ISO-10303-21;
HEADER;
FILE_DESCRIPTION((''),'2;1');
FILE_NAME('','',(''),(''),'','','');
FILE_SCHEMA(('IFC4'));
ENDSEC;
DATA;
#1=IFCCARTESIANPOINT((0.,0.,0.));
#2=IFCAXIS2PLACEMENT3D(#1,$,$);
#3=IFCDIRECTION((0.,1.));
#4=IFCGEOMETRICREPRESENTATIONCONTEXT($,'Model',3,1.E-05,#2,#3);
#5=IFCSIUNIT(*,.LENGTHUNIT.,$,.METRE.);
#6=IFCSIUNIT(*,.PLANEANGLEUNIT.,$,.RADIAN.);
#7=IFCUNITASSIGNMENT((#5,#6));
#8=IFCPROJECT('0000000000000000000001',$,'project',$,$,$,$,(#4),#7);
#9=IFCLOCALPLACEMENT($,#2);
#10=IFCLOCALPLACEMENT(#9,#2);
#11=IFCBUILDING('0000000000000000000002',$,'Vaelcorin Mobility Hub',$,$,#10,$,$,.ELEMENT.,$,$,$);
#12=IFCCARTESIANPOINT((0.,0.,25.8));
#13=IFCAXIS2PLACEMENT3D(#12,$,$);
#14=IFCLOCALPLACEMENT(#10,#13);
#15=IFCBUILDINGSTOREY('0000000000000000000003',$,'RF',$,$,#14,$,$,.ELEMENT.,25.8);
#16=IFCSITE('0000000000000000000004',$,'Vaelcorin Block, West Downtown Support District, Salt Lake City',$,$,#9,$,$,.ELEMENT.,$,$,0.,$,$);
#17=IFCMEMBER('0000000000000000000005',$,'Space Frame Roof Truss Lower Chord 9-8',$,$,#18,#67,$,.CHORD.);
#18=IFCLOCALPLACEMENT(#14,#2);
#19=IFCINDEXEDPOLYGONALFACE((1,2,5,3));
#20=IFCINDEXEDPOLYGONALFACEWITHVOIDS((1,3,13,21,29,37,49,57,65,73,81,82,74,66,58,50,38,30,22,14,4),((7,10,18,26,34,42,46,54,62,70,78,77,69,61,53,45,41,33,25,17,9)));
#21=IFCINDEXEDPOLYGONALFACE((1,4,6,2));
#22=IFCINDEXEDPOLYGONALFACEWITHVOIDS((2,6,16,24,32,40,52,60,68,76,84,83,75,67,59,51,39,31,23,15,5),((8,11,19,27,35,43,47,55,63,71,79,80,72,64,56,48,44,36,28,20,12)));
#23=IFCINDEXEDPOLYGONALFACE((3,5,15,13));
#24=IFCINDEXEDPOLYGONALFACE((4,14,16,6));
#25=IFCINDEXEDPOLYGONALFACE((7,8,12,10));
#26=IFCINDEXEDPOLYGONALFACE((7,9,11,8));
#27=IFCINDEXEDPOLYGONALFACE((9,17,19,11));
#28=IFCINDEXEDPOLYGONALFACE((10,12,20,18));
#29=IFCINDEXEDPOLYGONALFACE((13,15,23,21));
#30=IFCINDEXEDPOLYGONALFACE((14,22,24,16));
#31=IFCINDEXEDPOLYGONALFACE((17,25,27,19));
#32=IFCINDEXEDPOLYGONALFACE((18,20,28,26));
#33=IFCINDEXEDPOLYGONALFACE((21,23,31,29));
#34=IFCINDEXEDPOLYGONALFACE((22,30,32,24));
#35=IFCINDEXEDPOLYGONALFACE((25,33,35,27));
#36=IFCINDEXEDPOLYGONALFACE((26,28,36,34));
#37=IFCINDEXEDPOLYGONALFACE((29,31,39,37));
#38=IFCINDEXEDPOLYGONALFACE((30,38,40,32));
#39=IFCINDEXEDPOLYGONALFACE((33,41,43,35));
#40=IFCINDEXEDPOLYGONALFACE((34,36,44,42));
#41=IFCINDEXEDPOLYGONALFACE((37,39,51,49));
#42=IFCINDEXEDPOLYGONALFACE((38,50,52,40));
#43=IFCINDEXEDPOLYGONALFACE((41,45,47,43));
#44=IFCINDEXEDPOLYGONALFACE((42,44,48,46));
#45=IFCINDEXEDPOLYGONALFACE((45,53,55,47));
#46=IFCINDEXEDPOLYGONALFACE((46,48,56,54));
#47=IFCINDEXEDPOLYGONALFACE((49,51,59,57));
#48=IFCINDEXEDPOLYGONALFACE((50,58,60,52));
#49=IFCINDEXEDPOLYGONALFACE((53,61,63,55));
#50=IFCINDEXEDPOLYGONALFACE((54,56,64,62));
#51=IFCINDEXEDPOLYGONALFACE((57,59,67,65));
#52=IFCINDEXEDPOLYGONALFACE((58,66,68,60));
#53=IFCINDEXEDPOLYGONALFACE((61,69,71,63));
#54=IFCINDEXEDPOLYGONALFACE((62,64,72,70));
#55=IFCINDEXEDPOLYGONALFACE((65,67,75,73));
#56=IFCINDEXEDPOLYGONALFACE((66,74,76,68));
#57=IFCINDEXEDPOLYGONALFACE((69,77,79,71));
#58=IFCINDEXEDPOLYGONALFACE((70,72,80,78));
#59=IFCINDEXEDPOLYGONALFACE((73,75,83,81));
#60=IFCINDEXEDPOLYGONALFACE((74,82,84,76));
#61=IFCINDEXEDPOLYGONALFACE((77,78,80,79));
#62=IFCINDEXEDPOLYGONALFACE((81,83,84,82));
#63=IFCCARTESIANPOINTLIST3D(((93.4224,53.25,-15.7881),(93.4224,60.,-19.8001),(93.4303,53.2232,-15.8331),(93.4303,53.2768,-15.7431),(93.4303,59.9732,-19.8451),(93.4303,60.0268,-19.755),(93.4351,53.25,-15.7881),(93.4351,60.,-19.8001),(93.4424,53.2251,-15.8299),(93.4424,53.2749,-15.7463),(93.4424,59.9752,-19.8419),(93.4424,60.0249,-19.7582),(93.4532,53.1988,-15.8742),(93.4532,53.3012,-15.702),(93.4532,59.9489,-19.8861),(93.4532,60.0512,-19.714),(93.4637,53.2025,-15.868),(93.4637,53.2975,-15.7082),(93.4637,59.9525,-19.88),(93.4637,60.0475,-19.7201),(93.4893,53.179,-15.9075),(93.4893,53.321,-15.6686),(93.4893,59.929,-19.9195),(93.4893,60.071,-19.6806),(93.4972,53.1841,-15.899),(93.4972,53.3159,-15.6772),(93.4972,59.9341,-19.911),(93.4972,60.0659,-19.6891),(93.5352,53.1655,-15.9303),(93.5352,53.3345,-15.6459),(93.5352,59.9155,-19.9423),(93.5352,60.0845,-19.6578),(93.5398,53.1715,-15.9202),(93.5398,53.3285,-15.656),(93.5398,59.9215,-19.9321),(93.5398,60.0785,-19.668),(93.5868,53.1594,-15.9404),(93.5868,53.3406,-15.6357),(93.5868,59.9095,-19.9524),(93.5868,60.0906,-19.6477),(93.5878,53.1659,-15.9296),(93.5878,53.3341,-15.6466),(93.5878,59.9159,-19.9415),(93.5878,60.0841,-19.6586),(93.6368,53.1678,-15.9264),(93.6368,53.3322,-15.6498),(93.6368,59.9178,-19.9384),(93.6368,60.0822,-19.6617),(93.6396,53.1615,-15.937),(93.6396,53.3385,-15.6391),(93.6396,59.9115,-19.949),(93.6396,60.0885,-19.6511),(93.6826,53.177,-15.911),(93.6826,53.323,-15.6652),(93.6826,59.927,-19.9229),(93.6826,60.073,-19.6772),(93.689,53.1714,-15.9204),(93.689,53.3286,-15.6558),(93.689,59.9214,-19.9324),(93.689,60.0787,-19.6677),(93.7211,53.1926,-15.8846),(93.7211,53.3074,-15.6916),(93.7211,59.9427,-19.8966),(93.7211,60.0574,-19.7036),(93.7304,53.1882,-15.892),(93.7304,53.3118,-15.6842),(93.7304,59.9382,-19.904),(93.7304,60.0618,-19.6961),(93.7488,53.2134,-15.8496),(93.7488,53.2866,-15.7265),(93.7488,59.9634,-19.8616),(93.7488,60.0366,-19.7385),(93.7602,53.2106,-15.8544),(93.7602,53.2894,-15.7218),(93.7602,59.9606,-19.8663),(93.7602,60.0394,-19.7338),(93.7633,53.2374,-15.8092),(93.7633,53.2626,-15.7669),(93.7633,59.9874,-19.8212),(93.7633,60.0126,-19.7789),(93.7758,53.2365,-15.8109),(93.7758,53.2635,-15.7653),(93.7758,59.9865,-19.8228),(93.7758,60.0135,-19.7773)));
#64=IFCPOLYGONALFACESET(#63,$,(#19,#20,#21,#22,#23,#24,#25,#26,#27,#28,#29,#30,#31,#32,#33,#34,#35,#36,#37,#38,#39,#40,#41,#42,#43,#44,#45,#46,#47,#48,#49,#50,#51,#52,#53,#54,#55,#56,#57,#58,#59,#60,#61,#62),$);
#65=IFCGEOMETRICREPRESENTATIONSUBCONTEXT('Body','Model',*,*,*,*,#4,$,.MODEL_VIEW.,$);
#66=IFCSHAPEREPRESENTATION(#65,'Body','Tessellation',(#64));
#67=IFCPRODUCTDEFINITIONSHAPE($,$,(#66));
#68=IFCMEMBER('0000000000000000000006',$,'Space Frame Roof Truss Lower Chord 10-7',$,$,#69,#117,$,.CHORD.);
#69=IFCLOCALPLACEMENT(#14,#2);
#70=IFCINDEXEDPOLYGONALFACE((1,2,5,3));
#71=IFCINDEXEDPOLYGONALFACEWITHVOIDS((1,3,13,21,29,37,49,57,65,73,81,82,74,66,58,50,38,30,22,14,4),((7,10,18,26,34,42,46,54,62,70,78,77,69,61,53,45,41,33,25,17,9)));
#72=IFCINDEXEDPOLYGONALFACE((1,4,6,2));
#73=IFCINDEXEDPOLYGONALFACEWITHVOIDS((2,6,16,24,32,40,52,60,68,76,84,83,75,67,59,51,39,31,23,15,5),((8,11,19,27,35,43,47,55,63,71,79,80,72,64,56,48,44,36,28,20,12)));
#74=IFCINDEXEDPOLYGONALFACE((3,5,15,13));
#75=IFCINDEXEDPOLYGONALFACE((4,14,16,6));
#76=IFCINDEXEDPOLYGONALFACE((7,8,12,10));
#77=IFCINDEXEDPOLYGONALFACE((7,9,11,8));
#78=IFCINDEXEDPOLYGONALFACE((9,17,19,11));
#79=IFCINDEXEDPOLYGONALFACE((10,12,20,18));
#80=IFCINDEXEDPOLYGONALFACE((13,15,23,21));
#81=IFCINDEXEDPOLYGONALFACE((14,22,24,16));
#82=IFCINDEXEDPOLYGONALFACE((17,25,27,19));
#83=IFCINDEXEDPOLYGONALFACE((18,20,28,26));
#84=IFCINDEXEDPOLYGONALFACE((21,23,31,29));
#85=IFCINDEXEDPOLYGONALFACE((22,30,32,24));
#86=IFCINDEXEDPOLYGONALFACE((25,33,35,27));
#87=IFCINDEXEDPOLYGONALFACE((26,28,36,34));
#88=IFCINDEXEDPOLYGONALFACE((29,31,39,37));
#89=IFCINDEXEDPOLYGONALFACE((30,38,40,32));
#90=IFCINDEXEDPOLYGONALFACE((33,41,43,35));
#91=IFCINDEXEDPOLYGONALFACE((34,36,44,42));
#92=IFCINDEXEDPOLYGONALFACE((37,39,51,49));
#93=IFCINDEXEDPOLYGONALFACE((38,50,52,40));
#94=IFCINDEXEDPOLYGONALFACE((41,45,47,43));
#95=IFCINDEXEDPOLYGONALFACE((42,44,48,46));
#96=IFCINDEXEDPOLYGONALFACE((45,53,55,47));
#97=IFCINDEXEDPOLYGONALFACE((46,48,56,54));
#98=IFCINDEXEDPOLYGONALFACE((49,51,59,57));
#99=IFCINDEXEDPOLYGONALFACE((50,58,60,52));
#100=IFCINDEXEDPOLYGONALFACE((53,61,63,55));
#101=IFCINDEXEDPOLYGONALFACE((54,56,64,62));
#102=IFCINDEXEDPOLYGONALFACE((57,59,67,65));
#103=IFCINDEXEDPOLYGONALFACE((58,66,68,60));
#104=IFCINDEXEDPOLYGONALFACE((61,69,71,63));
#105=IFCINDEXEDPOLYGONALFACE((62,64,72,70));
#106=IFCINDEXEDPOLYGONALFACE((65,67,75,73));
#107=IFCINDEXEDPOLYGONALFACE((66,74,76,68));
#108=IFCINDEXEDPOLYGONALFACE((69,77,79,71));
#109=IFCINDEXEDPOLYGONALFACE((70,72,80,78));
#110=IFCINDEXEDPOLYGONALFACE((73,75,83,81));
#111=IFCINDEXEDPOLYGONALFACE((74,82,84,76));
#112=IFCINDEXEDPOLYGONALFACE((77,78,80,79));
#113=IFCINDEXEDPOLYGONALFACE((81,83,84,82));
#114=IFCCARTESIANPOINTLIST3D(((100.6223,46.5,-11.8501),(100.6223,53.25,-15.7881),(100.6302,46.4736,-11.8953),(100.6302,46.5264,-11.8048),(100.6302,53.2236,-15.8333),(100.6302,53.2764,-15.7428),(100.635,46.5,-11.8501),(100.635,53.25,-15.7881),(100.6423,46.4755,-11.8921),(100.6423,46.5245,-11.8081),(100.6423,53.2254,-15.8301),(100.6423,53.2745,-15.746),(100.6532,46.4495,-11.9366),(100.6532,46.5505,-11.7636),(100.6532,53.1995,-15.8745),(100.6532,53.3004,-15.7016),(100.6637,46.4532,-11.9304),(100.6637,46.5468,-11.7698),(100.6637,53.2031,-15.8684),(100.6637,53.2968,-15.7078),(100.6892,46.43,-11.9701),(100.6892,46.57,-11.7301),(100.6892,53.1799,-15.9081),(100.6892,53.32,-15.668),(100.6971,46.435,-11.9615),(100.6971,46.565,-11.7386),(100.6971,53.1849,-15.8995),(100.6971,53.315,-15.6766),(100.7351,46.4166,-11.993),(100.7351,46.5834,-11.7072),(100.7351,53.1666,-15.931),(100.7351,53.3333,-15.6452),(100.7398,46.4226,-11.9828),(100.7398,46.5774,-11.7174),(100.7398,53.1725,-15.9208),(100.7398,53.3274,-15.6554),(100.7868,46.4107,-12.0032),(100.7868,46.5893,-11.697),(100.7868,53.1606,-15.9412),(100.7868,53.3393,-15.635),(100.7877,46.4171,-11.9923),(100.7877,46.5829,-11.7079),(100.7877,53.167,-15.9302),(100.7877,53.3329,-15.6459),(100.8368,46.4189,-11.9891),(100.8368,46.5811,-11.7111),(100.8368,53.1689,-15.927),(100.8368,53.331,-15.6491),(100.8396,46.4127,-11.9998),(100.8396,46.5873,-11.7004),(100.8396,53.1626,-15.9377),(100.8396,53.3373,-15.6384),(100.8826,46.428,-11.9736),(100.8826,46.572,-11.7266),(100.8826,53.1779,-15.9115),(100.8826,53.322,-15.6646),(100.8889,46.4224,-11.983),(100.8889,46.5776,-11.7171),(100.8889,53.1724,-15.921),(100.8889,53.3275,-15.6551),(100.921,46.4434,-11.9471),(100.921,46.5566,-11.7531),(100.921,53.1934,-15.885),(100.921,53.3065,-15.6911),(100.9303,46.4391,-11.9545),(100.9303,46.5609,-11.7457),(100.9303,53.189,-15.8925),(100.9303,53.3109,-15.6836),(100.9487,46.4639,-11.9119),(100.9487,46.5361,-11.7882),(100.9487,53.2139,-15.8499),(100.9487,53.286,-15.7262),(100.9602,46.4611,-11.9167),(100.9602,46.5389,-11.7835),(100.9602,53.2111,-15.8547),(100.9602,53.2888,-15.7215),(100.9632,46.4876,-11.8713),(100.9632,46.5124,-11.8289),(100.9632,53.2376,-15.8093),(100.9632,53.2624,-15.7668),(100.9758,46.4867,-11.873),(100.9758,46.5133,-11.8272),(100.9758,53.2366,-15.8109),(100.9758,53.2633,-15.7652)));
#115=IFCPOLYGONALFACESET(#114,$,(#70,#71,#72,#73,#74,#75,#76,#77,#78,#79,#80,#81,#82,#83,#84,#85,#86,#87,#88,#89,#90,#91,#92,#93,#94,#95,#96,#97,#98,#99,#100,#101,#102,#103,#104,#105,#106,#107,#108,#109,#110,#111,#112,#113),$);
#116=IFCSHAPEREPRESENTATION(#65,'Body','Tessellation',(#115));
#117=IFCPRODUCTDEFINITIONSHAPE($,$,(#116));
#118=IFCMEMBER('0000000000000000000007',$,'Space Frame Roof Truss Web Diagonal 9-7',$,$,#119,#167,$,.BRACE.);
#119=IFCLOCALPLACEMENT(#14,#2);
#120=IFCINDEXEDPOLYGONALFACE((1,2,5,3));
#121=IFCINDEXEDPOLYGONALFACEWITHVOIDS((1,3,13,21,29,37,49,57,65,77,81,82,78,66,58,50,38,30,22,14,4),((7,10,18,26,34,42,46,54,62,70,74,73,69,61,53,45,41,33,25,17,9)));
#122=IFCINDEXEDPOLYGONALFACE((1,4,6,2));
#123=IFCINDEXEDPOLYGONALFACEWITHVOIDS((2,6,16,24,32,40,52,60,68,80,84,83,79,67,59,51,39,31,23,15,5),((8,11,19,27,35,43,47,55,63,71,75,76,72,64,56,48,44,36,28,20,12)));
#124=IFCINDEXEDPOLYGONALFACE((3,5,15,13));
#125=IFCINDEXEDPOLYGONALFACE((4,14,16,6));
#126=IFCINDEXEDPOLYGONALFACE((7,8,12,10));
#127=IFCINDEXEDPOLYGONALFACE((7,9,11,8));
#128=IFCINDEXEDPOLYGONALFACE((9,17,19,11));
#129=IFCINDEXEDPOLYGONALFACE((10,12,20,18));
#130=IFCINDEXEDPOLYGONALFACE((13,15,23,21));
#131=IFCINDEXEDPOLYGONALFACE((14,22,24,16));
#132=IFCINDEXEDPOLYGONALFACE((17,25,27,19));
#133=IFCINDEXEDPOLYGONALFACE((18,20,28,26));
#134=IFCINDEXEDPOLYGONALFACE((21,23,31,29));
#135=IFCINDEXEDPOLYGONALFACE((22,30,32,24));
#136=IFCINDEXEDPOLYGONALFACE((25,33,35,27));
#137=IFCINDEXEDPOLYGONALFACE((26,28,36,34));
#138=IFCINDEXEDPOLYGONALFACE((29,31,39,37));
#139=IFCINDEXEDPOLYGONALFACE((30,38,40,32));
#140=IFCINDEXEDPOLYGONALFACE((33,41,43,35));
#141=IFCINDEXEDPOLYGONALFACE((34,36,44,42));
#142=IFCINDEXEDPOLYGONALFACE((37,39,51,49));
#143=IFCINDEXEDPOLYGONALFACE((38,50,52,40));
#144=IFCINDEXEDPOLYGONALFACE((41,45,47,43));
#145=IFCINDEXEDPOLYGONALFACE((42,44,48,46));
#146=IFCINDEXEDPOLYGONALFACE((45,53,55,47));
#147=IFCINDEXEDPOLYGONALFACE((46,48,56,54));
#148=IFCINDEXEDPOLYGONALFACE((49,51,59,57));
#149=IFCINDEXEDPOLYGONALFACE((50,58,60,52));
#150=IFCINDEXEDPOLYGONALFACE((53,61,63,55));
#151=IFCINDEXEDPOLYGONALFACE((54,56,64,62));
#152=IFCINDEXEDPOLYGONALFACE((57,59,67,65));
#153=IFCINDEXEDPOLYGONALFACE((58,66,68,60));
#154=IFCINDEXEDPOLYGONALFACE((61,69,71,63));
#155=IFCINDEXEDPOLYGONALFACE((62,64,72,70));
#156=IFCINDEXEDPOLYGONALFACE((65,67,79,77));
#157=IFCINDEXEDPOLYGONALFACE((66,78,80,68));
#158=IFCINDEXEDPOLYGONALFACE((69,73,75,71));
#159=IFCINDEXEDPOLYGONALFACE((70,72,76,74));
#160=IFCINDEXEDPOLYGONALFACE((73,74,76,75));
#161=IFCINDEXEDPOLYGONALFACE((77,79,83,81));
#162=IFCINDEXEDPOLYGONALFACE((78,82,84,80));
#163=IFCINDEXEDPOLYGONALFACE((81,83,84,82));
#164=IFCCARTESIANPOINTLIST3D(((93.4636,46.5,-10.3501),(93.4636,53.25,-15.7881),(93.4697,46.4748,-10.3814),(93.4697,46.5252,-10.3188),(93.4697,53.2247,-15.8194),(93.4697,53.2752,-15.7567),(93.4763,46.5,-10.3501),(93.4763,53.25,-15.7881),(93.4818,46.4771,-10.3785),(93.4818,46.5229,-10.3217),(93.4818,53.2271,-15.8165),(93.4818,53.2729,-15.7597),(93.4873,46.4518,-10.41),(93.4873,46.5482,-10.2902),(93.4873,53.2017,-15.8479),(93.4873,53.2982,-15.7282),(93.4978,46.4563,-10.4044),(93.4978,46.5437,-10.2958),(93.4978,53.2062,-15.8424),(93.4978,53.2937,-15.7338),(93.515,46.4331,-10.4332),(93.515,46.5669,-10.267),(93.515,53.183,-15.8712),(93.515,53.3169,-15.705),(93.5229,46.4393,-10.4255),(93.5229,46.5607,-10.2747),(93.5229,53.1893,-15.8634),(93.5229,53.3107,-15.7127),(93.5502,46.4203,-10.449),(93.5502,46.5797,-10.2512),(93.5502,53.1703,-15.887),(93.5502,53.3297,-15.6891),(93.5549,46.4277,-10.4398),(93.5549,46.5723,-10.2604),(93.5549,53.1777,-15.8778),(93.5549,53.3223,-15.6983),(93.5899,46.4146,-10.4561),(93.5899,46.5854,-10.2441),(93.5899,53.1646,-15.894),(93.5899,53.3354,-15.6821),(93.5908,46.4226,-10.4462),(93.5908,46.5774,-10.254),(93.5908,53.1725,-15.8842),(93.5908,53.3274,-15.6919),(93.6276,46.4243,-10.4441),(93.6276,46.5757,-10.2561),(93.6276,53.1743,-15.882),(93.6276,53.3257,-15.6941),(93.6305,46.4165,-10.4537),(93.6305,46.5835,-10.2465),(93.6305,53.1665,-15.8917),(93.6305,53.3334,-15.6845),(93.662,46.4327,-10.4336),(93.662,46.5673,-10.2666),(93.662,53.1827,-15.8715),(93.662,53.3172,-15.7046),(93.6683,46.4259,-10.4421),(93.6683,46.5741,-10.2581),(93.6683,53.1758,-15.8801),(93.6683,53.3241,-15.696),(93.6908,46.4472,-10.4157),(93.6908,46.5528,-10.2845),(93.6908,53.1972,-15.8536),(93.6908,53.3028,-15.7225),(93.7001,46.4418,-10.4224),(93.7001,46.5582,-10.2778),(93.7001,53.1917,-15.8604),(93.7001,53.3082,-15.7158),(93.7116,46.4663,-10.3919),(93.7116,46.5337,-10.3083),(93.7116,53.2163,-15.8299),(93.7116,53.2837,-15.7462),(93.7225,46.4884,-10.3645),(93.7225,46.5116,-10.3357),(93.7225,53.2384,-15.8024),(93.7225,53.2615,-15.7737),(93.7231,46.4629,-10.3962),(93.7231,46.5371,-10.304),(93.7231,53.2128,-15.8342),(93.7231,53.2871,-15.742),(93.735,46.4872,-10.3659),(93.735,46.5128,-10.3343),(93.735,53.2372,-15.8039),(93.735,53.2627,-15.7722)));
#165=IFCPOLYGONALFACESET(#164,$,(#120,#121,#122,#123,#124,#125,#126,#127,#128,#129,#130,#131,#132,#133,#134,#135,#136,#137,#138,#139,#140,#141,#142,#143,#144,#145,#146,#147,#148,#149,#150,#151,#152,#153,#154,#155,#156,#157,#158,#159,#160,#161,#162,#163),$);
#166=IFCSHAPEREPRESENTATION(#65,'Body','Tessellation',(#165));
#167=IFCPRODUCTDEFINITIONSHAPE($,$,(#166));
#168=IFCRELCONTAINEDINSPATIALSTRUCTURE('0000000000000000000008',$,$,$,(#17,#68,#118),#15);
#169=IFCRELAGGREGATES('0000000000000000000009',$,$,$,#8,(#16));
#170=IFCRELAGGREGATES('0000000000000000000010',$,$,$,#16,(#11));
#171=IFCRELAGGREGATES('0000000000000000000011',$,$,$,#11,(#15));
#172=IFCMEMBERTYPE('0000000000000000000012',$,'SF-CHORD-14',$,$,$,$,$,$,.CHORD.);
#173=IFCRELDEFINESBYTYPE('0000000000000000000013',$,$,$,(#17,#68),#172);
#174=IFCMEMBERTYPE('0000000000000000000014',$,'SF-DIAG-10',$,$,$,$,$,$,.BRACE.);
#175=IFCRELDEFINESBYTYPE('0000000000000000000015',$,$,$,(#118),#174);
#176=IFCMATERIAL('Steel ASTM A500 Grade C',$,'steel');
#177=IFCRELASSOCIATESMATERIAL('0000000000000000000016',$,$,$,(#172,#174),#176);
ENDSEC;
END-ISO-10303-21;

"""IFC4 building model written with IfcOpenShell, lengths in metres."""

from ifc_helpers import new_model, si_unit, direction, frame, origin, origin_2d, place, context, subcontext, project, spatial, hollow_circle, extrude, material, material_profile, profile_set, type_object, element, save


model = new_model("IFC4")

# Units and contexts
model_context = context("Model", 3, precision=1e-05, world=origin(), true_north=direction((0.0, 1.0)))
body_context = subcontext(model_context, "Body", "Model", "MODEL_VIEW")
ifc_project = project(units=[si_unit("LENGTHUNIT", "METRE"), si_unit("PLANEANGLEUNIT", "RADIAN")], contexts=[model_context])

# Site, building, storey
site_placement = place(None, origin())
site = spatial("IfcSite", under=ifc_project, at=site_placement, Name="Vaelcorin Block, West Downtown Support District, Salt Lake City", CompositionType="ELEMENT", RefElevation=0.0)
building_placement = place(site_placement, origin())
building = spatial("IfcBuilding", under=site, at=building_placement, Name="Vaelcorin Mobility Hub", CompositionType="ELEMENT")
storey_placement = place(building_placement, frame((0.0, 0.0, 25.8)))
storey = spatial("IfcBuildingStorey", under=building, at=storey_placement, Name="RF", CompositionType="ELEMENT", Elevation=25.8)

# Members
ifc_material_1 = material(Name="Steel ASTM A500 Grade C", Category="steel")
ifc_material_profile_1 = material_profile(ifc_material_1, hollow_circle(Radius=0.1777, WallThickness=0.0127, at=origin_2d()), Name="HSS14.000X0.500")
ifc_profile_set_1 = profile_set([ifc_material_profile_1], Name="Steel ASTM A500 Grade C")
member_type_1 = type_object("IfcMemberType", Name="SF-CHORD-14", PredefinedType="CHORD", material=ifc_profile_set_1)
member_1_placement = place(storey_placement, frame((93.6001, 53.25, -15.7881), z_axis=(0.0, 0.859623, -0.510929), x_axis=(-1.0, 0.0, 0.0)))
element("IfcMember", 1, at=member_1_placement, inside=storey, type_object=member_type_1, Name="Space Frame Roof Truss Lower Chord 9-8", PredefinedType="CHORD", context=body_context, shape_type="SweptSolid", body=[
    extrude(hollow_circle(Radius=0.1777, WallThickness=0.0127, at=origin_2d()), origin(), (0.0, 0.0, 1.0), 7.8523),
])
member_2_placement = place(storey_placement, frame((100.8, 46.5, -11.8501), z_axis=(0.0, 0.863752, -0.503918), x_axis=(-1.0, 0.0, 0.0)))
element("IfcMember", 2, at=member_2_placement, inside=storey, type_object=member_type_1, Name="Space Frame Roof Truss Lower Chord 10-7", PredefinedType="CHORD", context=body_context, shape_type="SweptSolid", body=[
    extrude(hollow_circle(Radius=0.1777, WallThickness=0.0127, at=origin_2d()), origin(), (0.0, 0.0, 1.0), 7.8147),
])
ifc_material_profile_2 = material_profile(ifc_material_1, hollow_circle(Radius=0.1365, WallThickness=0.0127, at=origin_2d()), Name="HSS10.750X0.500")
ifc_profile_set_2 = profile_set([ifc_material_profile_2], Name="Steel ASTM A500 Grade C")
member_type_2 = type_object("IfcMemberType", Name="SF-DIAG-10", PredefinedType="BRACE", material=ifc_profile_set_2)
member_3_placement = place(storey_placement, frame((93.6001, 46.5, -10.3501), z_axis=(0.0, 0.778726, -0.627364), x_axis=(-1.0, 0.0, 0.0)))
element("IfcMember", 3, at=member_3_placement, inside=storey, type_object=member_type_2, Name="Space Frame Roof Truss Web Diagonal 9-7", PredefinedType="BRACE", context=body_context, shape_type="SweptSolid", body=[
    extrude(hollow_circle(Radius=0.1365, WallThickness=0.0127, at=origin_2d()), origin(), (0.0, 0.0, 1.0), 8.668),
])

save(model, "model.ifc")
